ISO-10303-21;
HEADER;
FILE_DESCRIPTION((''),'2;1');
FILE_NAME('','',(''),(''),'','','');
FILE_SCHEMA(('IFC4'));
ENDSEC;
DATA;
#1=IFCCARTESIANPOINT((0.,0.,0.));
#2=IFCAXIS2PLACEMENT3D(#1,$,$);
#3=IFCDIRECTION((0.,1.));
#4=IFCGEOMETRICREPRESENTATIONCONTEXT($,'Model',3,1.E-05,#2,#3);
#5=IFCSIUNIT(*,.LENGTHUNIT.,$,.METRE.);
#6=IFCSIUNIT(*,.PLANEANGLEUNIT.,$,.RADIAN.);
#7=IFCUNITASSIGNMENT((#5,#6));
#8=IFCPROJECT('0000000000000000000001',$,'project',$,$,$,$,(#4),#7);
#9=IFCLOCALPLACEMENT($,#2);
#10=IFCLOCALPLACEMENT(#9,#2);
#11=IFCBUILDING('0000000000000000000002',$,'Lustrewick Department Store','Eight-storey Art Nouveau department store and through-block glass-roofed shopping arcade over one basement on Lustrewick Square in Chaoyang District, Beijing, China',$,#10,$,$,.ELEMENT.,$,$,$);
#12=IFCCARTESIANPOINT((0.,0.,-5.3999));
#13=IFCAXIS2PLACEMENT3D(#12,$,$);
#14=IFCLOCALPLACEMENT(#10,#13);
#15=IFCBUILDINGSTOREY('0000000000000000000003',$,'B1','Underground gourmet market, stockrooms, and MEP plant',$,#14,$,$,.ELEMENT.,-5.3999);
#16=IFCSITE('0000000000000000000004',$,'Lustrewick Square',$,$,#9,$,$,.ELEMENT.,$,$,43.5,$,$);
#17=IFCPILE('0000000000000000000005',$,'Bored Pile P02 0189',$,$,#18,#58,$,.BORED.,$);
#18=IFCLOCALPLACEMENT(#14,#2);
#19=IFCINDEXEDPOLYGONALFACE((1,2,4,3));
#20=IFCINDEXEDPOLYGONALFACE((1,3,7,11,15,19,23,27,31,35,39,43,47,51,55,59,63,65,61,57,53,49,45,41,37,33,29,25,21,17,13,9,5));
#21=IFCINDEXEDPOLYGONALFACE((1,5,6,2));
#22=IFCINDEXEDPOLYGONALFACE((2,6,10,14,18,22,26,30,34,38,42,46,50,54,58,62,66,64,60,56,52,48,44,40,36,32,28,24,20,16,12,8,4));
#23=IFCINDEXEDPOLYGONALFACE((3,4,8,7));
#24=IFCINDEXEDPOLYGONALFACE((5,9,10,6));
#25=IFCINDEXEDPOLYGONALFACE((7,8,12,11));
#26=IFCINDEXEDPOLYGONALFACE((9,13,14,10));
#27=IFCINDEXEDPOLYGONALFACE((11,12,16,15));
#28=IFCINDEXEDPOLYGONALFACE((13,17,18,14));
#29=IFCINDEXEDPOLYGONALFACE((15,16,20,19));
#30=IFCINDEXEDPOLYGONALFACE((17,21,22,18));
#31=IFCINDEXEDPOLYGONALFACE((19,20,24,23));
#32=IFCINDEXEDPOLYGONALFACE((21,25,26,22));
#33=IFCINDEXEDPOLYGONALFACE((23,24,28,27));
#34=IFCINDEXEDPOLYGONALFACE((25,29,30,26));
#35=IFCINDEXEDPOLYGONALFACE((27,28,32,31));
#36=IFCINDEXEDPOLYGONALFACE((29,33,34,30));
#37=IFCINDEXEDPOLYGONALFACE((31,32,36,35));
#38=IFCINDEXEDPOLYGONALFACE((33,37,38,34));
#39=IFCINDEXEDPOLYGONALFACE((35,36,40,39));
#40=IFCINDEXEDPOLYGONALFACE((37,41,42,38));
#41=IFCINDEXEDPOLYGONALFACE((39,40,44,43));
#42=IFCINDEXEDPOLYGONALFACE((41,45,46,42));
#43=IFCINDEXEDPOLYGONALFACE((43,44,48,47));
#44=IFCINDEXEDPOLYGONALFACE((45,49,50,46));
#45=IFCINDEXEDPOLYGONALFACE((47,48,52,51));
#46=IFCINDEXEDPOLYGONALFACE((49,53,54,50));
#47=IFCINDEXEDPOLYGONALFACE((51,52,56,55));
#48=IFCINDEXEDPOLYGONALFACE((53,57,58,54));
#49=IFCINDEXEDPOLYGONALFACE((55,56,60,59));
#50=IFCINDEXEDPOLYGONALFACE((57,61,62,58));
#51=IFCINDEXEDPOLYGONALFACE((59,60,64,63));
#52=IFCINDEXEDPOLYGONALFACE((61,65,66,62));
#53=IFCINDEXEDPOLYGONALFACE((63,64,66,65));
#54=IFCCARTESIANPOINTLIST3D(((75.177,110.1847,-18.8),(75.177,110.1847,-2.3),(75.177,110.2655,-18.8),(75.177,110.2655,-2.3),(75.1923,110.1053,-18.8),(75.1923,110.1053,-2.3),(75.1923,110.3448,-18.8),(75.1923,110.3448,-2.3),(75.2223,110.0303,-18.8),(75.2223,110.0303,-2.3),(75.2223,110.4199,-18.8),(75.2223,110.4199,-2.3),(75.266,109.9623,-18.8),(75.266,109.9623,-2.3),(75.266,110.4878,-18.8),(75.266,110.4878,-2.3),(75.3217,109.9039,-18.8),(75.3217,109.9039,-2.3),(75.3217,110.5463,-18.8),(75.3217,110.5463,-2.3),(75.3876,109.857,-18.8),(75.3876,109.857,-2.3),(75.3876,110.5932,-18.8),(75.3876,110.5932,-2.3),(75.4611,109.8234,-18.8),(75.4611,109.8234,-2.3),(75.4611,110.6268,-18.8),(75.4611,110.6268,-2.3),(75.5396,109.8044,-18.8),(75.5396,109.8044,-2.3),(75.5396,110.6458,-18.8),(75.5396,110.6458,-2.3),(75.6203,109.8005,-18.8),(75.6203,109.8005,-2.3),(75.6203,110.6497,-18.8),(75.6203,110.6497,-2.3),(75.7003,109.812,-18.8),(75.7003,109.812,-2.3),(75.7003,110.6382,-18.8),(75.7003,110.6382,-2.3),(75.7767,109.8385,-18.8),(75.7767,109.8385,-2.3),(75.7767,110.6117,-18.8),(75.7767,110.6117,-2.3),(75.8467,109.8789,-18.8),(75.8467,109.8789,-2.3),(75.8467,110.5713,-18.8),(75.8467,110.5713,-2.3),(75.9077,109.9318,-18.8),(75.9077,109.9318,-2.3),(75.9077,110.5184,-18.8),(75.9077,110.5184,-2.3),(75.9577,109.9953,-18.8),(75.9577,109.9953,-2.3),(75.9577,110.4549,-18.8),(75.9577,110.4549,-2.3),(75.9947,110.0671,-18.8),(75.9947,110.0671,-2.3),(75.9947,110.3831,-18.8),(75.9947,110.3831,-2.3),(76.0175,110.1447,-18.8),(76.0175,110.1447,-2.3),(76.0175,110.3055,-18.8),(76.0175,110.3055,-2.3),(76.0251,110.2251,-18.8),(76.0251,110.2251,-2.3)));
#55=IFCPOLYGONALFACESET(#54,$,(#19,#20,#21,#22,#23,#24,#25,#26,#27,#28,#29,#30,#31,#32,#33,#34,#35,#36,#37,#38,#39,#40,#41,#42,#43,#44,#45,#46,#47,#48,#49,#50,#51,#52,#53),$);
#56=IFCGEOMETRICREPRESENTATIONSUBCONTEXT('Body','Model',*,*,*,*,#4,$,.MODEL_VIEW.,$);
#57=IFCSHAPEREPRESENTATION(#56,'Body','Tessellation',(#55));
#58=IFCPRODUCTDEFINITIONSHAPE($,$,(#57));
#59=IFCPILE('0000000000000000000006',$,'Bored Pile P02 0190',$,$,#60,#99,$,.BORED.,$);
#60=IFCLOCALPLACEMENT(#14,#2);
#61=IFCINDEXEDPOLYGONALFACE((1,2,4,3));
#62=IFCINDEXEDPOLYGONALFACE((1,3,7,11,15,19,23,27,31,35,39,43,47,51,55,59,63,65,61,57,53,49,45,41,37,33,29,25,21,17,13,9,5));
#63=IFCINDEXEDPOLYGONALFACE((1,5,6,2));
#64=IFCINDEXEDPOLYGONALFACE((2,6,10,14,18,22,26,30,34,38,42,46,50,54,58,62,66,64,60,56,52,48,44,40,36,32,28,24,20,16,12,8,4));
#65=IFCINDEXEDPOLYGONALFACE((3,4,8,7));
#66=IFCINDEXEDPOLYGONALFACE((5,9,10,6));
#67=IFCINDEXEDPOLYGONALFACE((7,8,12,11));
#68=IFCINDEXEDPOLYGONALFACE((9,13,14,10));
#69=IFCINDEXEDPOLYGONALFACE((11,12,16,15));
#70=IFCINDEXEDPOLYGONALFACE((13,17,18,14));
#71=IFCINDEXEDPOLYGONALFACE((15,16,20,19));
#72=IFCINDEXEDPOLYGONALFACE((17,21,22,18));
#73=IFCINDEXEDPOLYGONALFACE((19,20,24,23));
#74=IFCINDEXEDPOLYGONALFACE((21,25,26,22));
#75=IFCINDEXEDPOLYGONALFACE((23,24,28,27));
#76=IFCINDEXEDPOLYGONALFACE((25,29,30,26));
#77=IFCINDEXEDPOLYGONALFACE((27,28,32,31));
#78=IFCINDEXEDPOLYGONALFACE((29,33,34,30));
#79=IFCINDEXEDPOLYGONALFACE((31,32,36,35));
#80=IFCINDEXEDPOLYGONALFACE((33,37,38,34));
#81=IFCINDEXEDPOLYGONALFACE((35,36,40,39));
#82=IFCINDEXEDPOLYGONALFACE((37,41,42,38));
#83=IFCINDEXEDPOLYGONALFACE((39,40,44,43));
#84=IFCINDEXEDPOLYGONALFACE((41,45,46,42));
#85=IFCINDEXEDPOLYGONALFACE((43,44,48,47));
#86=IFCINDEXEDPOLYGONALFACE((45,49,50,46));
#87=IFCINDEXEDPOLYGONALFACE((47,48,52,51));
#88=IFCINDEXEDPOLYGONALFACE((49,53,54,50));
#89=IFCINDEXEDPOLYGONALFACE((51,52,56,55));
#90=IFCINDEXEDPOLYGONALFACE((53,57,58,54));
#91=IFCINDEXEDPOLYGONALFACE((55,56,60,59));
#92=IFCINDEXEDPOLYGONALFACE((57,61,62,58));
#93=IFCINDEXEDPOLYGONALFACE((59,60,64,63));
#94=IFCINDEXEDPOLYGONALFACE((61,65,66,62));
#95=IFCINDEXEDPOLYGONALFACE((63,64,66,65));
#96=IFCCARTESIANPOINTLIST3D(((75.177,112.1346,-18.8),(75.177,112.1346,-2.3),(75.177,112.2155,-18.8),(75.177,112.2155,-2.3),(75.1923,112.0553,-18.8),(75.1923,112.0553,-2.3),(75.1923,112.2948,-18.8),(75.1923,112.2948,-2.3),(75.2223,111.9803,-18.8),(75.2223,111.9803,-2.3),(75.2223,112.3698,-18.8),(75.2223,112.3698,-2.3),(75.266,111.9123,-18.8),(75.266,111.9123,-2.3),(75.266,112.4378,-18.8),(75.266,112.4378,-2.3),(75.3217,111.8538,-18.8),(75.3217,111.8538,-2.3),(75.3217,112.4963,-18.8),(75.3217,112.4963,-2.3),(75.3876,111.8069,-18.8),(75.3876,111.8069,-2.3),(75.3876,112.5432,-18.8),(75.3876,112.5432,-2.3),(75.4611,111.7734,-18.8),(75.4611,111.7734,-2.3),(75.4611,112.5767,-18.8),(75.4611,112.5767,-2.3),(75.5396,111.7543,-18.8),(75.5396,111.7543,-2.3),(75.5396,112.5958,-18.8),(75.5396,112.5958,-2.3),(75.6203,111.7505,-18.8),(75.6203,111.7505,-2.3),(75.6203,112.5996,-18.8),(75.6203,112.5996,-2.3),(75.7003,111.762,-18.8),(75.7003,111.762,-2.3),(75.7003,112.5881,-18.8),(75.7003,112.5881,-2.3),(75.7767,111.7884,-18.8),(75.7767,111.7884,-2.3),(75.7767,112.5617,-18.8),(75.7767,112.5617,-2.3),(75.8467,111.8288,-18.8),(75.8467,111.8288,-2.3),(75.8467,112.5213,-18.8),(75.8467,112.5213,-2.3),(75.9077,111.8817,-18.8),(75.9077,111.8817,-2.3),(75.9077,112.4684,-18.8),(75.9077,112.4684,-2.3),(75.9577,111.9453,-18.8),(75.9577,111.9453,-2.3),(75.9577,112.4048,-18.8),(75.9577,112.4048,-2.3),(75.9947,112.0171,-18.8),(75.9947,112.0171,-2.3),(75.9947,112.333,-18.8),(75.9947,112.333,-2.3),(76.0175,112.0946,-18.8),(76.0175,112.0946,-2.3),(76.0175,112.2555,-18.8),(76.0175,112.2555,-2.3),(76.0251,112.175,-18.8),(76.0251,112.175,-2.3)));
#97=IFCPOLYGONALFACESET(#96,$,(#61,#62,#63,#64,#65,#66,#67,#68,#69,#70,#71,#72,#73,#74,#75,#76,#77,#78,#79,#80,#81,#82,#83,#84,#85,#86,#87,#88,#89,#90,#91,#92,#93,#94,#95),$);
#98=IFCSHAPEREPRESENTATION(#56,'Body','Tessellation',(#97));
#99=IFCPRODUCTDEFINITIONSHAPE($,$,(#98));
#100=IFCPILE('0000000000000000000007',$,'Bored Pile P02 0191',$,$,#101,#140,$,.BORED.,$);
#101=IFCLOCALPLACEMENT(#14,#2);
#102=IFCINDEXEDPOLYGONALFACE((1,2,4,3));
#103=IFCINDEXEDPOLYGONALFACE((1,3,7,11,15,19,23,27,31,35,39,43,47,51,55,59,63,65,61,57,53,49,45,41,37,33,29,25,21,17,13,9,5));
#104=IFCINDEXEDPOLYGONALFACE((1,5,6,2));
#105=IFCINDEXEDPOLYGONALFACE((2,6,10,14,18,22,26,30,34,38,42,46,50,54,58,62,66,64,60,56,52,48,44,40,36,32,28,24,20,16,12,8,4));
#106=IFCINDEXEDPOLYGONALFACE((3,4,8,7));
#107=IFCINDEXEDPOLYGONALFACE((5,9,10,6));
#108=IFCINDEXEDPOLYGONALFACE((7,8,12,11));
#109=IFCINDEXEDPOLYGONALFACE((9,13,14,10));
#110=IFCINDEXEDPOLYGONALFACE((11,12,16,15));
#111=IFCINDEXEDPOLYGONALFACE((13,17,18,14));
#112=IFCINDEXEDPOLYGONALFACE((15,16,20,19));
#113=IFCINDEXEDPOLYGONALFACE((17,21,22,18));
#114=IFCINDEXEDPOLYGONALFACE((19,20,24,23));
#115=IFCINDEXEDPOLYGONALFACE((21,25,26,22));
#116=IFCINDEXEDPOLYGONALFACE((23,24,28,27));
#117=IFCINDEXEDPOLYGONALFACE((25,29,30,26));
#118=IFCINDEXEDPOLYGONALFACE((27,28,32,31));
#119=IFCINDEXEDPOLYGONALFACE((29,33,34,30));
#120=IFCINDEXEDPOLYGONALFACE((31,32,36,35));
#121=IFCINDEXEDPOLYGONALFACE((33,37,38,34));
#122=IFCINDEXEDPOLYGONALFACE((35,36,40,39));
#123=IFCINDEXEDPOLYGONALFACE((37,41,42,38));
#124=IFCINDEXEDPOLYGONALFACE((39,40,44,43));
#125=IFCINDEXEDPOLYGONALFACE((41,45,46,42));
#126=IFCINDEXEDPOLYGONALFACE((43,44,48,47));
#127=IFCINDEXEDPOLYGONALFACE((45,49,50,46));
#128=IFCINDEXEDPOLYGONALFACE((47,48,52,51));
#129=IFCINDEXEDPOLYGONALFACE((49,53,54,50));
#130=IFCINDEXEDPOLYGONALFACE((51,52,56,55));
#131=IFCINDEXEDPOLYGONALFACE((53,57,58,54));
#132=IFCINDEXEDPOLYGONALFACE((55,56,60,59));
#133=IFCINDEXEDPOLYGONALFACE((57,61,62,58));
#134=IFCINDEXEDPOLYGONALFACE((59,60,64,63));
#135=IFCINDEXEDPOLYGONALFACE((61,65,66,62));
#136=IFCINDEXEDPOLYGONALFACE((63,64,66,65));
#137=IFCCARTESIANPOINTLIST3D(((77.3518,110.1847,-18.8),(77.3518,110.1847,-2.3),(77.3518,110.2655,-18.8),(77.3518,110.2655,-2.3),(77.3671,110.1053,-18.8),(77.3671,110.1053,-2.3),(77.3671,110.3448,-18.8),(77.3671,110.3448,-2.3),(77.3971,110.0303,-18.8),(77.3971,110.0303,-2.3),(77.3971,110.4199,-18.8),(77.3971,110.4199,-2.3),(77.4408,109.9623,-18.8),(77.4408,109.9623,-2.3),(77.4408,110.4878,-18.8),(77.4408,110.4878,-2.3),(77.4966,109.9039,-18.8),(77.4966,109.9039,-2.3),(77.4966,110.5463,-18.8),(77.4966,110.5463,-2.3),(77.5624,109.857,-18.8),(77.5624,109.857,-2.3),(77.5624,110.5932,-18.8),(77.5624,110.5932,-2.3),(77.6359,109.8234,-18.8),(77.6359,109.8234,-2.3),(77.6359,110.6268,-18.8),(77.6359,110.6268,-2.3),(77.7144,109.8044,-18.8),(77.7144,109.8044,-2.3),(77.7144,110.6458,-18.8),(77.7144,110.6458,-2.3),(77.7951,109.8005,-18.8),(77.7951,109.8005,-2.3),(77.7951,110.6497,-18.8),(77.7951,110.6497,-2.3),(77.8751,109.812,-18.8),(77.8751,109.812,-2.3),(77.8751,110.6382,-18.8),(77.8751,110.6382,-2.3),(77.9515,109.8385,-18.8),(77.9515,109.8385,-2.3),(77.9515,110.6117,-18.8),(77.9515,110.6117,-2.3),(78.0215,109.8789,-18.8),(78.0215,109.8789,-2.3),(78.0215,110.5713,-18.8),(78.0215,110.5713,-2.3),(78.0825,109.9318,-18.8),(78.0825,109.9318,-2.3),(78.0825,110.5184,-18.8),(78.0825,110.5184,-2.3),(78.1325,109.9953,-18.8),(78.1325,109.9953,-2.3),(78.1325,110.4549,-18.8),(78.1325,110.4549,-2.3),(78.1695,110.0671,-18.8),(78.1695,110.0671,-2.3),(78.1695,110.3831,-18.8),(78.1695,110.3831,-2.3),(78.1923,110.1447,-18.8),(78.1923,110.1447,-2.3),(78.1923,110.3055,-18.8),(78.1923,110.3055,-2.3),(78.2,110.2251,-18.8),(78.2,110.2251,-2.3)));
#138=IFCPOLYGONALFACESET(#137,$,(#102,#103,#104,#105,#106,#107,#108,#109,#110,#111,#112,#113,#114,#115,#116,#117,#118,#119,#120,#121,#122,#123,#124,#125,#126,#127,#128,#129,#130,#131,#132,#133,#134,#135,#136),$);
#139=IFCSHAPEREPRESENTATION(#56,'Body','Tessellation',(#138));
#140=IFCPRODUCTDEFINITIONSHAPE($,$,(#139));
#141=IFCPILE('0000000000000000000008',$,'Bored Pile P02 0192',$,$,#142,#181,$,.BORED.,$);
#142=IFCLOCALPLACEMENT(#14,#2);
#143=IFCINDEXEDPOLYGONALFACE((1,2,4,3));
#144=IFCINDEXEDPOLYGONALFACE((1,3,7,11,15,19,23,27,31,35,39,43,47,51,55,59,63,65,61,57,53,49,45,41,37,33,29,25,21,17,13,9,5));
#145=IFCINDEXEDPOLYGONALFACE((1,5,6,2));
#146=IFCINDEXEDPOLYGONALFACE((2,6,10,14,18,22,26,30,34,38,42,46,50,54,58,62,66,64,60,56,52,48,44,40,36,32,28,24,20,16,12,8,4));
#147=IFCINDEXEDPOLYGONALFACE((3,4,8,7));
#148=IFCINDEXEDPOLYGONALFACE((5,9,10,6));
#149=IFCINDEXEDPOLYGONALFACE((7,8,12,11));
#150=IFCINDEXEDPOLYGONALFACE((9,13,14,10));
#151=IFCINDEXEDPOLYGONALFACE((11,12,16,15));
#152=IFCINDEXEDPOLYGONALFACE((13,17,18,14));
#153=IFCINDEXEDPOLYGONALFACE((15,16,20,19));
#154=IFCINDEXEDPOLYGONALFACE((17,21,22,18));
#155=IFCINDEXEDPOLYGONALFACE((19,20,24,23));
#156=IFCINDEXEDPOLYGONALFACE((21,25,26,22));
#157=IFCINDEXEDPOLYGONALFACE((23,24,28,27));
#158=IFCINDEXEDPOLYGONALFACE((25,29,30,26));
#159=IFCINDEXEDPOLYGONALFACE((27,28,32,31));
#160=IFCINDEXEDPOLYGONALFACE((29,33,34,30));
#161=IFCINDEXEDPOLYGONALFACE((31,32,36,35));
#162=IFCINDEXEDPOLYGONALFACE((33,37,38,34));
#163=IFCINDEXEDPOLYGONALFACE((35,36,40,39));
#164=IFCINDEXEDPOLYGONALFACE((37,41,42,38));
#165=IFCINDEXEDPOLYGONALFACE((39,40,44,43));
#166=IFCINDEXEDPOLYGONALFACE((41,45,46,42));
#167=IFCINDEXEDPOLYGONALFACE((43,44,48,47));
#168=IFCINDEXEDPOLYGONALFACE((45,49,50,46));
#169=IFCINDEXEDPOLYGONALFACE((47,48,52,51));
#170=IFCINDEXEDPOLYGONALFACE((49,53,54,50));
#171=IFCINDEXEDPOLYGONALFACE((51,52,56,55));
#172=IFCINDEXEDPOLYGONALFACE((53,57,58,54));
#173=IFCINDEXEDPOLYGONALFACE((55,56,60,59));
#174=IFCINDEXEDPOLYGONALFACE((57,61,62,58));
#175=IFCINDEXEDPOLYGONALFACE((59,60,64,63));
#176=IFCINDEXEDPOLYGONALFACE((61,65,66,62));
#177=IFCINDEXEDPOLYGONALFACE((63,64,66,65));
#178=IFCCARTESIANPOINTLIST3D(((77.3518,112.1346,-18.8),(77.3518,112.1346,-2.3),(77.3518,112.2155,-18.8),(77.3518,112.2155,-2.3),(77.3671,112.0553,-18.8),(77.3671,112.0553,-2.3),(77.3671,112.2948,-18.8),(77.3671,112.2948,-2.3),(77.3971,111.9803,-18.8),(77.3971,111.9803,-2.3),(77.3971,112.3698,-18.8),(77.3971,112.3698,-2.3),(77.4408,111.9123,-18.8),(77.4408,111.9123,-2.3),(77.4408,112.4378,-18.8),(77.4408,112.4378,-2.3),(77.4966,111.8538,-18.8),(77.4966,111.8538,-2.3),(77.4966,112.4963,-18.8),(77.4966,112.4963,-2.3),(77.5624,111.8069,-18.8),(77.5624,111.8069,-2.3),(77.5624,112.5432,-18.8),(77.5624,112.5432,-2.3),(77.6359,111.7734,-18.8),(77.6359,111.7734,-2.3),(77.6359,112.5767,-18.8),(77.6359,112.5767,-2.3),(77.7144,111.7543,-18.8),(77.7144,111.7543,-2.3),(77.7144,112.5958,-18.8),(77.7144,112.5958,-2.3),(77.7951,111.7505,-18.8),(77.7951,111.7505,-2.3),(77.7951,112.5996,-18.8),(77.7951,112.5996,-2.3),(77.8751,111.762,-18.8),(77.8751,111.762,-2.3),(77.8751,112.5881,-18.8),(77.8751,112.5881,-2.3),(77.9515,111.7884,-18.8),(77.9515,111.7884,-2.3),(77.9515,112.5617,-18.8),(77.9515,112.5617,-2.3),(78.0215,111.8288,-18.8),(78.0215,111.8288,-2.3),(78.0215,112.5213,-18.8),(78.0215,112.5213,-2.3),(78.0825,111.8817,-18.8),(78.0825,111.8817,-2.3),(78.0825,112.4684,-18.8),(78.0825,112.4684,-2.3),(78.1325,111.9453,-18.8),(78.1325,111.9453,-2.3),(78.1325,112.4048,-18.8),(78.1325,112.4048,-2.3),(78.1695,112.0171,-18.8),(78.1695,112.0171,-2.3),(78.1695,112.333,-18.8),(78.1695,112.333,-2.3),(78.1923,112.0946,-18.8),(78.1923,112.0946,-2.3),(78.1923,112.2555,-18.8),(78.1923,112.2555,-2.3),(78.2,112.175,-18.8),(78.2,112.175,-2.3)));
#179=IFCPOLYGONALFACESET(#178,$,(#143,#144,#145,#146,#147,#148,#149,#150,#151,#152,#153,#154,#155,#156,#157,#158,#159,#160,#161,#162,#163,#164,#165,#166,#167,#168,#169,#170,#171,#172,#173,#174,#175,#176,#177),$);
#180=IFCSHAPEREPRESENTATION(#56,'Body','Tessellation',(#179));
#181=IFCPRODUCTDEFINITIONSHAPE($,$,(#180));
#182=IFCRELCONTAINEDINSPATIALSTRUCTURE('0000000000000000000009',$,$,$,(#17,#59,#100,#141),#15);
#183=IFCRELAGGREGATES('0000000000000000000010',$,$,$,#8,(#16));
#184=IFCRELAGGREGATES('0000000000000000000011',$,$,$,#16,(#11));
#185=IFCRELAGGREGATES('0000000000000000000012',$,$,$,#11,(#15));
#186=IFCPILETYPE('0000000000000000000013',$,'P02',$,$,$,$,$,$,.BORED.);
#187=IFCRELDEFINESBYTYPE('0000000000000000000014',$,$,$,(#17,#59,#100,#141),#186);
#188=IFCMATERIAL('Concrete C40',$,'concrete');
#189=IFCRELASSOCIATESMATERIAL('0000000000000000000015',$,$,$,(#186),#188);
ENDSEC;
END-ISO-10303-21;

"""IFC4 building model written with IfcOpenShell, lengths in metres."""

from ifc_helpers import new_model, si_unit, direction, frame, origin, origin_2d, place, context, subcontext, project, spatial, circle, extrude, material, material_profile, profile_set, type_object, element, save


model = new_model("IFC4")

# Units and contexts
model_context = context("Model", 3, precision=1e-05, world=origin(), true_north=direction((0.0, 1.0)))
body_context = subcontext(model_context, "Body", "Model", "MODEL_VIEW")
ifc_project = project(units=[si_unit("LENGTHUNIT", "METRE"), si_unit("PLANEANGLEUNIT", "RADIAN")], contexts=[model_context])

# Site, building, storey
site_placement = place(None, origin())
site = spatial("IfcSite", under=ifc_project, at=site_placement, Name="Lustrewick Square", CompositionType="ELEMENT", RefElevation=43.5)
building_placement = place(site_placement, origin())
building = spatial("IfcBuilding", under=site, at=building_placement, Name="Lustrewick Department Store", Description="Eight-storey Art Nouveau department store and through-block glass-roofed shopping arcade over one basement on Lustrewick Square in Chaoyang District, Beijing, China", CompositionType="ELEMENT")
storey_placement = place(building_placement, frame((0.0, 0.0, -5.3999)))
storey = spatial("IfcBuildingStorey", under=building, at=storey_placement, Name="B1", Description="Underground gourmet market, stockrooms, and MEP plant", CompositionType="ELEMENT", Elevation=-5.3999)

# Piles
ifc_material_1 = material(Name="Concrete C40", Category="concrete")
ifc_material_profile_1 = material_profile(ifc_material_1, circle(Radius=0.425, at=origin_2d()), Name="PILE D850")
ifc_profile_set_1 = profile_set([ifc_material_profile_1], Name="Concrete C40")
pile_type_1 = type_object("IfcPileType", Name="P02", PredefinedType="BORED", material=ifc_profile_set_1)
for number, where, z_axis, x_axis, name in (
    (1, (75.6001, 110.2251, -2.3), (0.0, 0.0, -1.0), (1.0, 0.0, 0.0), "Bored Pile P02 0189"),
    (2, (75.6001, 112.175, -2.3), (0.0, 0.0, -1.0), (1.0, 0.0, 0.0), "Bored Pile P02 0190"),
    (3, (77.7749, 110.2251, -2.3), (0.0, 0.0, -1.0), (1.0, 0.0, 0.0), "Bored Pile P02 0191"),
    (4, (77.7749, 112.175, -2.3), (0.0, 0.0, -1.0), (1.0, 0.0, 0.0), "Bored Pile P02 0192"),
):
    element("IfcPile", number, at=place(storey_placement, frame(where, z_axis=z_axis, x_axis=x_axis)), inside=storey, type_object=pile_type_1, Name=name, PredefinedType="BORED", context=body_context, shape_type="SweptSolid", body=[
        extrude(circle(Radius=0.425, at=origin_2d()), origin(), (0.0, 0.0, 1.0), 16.5),
    ])

save(model, "model.ifc")
